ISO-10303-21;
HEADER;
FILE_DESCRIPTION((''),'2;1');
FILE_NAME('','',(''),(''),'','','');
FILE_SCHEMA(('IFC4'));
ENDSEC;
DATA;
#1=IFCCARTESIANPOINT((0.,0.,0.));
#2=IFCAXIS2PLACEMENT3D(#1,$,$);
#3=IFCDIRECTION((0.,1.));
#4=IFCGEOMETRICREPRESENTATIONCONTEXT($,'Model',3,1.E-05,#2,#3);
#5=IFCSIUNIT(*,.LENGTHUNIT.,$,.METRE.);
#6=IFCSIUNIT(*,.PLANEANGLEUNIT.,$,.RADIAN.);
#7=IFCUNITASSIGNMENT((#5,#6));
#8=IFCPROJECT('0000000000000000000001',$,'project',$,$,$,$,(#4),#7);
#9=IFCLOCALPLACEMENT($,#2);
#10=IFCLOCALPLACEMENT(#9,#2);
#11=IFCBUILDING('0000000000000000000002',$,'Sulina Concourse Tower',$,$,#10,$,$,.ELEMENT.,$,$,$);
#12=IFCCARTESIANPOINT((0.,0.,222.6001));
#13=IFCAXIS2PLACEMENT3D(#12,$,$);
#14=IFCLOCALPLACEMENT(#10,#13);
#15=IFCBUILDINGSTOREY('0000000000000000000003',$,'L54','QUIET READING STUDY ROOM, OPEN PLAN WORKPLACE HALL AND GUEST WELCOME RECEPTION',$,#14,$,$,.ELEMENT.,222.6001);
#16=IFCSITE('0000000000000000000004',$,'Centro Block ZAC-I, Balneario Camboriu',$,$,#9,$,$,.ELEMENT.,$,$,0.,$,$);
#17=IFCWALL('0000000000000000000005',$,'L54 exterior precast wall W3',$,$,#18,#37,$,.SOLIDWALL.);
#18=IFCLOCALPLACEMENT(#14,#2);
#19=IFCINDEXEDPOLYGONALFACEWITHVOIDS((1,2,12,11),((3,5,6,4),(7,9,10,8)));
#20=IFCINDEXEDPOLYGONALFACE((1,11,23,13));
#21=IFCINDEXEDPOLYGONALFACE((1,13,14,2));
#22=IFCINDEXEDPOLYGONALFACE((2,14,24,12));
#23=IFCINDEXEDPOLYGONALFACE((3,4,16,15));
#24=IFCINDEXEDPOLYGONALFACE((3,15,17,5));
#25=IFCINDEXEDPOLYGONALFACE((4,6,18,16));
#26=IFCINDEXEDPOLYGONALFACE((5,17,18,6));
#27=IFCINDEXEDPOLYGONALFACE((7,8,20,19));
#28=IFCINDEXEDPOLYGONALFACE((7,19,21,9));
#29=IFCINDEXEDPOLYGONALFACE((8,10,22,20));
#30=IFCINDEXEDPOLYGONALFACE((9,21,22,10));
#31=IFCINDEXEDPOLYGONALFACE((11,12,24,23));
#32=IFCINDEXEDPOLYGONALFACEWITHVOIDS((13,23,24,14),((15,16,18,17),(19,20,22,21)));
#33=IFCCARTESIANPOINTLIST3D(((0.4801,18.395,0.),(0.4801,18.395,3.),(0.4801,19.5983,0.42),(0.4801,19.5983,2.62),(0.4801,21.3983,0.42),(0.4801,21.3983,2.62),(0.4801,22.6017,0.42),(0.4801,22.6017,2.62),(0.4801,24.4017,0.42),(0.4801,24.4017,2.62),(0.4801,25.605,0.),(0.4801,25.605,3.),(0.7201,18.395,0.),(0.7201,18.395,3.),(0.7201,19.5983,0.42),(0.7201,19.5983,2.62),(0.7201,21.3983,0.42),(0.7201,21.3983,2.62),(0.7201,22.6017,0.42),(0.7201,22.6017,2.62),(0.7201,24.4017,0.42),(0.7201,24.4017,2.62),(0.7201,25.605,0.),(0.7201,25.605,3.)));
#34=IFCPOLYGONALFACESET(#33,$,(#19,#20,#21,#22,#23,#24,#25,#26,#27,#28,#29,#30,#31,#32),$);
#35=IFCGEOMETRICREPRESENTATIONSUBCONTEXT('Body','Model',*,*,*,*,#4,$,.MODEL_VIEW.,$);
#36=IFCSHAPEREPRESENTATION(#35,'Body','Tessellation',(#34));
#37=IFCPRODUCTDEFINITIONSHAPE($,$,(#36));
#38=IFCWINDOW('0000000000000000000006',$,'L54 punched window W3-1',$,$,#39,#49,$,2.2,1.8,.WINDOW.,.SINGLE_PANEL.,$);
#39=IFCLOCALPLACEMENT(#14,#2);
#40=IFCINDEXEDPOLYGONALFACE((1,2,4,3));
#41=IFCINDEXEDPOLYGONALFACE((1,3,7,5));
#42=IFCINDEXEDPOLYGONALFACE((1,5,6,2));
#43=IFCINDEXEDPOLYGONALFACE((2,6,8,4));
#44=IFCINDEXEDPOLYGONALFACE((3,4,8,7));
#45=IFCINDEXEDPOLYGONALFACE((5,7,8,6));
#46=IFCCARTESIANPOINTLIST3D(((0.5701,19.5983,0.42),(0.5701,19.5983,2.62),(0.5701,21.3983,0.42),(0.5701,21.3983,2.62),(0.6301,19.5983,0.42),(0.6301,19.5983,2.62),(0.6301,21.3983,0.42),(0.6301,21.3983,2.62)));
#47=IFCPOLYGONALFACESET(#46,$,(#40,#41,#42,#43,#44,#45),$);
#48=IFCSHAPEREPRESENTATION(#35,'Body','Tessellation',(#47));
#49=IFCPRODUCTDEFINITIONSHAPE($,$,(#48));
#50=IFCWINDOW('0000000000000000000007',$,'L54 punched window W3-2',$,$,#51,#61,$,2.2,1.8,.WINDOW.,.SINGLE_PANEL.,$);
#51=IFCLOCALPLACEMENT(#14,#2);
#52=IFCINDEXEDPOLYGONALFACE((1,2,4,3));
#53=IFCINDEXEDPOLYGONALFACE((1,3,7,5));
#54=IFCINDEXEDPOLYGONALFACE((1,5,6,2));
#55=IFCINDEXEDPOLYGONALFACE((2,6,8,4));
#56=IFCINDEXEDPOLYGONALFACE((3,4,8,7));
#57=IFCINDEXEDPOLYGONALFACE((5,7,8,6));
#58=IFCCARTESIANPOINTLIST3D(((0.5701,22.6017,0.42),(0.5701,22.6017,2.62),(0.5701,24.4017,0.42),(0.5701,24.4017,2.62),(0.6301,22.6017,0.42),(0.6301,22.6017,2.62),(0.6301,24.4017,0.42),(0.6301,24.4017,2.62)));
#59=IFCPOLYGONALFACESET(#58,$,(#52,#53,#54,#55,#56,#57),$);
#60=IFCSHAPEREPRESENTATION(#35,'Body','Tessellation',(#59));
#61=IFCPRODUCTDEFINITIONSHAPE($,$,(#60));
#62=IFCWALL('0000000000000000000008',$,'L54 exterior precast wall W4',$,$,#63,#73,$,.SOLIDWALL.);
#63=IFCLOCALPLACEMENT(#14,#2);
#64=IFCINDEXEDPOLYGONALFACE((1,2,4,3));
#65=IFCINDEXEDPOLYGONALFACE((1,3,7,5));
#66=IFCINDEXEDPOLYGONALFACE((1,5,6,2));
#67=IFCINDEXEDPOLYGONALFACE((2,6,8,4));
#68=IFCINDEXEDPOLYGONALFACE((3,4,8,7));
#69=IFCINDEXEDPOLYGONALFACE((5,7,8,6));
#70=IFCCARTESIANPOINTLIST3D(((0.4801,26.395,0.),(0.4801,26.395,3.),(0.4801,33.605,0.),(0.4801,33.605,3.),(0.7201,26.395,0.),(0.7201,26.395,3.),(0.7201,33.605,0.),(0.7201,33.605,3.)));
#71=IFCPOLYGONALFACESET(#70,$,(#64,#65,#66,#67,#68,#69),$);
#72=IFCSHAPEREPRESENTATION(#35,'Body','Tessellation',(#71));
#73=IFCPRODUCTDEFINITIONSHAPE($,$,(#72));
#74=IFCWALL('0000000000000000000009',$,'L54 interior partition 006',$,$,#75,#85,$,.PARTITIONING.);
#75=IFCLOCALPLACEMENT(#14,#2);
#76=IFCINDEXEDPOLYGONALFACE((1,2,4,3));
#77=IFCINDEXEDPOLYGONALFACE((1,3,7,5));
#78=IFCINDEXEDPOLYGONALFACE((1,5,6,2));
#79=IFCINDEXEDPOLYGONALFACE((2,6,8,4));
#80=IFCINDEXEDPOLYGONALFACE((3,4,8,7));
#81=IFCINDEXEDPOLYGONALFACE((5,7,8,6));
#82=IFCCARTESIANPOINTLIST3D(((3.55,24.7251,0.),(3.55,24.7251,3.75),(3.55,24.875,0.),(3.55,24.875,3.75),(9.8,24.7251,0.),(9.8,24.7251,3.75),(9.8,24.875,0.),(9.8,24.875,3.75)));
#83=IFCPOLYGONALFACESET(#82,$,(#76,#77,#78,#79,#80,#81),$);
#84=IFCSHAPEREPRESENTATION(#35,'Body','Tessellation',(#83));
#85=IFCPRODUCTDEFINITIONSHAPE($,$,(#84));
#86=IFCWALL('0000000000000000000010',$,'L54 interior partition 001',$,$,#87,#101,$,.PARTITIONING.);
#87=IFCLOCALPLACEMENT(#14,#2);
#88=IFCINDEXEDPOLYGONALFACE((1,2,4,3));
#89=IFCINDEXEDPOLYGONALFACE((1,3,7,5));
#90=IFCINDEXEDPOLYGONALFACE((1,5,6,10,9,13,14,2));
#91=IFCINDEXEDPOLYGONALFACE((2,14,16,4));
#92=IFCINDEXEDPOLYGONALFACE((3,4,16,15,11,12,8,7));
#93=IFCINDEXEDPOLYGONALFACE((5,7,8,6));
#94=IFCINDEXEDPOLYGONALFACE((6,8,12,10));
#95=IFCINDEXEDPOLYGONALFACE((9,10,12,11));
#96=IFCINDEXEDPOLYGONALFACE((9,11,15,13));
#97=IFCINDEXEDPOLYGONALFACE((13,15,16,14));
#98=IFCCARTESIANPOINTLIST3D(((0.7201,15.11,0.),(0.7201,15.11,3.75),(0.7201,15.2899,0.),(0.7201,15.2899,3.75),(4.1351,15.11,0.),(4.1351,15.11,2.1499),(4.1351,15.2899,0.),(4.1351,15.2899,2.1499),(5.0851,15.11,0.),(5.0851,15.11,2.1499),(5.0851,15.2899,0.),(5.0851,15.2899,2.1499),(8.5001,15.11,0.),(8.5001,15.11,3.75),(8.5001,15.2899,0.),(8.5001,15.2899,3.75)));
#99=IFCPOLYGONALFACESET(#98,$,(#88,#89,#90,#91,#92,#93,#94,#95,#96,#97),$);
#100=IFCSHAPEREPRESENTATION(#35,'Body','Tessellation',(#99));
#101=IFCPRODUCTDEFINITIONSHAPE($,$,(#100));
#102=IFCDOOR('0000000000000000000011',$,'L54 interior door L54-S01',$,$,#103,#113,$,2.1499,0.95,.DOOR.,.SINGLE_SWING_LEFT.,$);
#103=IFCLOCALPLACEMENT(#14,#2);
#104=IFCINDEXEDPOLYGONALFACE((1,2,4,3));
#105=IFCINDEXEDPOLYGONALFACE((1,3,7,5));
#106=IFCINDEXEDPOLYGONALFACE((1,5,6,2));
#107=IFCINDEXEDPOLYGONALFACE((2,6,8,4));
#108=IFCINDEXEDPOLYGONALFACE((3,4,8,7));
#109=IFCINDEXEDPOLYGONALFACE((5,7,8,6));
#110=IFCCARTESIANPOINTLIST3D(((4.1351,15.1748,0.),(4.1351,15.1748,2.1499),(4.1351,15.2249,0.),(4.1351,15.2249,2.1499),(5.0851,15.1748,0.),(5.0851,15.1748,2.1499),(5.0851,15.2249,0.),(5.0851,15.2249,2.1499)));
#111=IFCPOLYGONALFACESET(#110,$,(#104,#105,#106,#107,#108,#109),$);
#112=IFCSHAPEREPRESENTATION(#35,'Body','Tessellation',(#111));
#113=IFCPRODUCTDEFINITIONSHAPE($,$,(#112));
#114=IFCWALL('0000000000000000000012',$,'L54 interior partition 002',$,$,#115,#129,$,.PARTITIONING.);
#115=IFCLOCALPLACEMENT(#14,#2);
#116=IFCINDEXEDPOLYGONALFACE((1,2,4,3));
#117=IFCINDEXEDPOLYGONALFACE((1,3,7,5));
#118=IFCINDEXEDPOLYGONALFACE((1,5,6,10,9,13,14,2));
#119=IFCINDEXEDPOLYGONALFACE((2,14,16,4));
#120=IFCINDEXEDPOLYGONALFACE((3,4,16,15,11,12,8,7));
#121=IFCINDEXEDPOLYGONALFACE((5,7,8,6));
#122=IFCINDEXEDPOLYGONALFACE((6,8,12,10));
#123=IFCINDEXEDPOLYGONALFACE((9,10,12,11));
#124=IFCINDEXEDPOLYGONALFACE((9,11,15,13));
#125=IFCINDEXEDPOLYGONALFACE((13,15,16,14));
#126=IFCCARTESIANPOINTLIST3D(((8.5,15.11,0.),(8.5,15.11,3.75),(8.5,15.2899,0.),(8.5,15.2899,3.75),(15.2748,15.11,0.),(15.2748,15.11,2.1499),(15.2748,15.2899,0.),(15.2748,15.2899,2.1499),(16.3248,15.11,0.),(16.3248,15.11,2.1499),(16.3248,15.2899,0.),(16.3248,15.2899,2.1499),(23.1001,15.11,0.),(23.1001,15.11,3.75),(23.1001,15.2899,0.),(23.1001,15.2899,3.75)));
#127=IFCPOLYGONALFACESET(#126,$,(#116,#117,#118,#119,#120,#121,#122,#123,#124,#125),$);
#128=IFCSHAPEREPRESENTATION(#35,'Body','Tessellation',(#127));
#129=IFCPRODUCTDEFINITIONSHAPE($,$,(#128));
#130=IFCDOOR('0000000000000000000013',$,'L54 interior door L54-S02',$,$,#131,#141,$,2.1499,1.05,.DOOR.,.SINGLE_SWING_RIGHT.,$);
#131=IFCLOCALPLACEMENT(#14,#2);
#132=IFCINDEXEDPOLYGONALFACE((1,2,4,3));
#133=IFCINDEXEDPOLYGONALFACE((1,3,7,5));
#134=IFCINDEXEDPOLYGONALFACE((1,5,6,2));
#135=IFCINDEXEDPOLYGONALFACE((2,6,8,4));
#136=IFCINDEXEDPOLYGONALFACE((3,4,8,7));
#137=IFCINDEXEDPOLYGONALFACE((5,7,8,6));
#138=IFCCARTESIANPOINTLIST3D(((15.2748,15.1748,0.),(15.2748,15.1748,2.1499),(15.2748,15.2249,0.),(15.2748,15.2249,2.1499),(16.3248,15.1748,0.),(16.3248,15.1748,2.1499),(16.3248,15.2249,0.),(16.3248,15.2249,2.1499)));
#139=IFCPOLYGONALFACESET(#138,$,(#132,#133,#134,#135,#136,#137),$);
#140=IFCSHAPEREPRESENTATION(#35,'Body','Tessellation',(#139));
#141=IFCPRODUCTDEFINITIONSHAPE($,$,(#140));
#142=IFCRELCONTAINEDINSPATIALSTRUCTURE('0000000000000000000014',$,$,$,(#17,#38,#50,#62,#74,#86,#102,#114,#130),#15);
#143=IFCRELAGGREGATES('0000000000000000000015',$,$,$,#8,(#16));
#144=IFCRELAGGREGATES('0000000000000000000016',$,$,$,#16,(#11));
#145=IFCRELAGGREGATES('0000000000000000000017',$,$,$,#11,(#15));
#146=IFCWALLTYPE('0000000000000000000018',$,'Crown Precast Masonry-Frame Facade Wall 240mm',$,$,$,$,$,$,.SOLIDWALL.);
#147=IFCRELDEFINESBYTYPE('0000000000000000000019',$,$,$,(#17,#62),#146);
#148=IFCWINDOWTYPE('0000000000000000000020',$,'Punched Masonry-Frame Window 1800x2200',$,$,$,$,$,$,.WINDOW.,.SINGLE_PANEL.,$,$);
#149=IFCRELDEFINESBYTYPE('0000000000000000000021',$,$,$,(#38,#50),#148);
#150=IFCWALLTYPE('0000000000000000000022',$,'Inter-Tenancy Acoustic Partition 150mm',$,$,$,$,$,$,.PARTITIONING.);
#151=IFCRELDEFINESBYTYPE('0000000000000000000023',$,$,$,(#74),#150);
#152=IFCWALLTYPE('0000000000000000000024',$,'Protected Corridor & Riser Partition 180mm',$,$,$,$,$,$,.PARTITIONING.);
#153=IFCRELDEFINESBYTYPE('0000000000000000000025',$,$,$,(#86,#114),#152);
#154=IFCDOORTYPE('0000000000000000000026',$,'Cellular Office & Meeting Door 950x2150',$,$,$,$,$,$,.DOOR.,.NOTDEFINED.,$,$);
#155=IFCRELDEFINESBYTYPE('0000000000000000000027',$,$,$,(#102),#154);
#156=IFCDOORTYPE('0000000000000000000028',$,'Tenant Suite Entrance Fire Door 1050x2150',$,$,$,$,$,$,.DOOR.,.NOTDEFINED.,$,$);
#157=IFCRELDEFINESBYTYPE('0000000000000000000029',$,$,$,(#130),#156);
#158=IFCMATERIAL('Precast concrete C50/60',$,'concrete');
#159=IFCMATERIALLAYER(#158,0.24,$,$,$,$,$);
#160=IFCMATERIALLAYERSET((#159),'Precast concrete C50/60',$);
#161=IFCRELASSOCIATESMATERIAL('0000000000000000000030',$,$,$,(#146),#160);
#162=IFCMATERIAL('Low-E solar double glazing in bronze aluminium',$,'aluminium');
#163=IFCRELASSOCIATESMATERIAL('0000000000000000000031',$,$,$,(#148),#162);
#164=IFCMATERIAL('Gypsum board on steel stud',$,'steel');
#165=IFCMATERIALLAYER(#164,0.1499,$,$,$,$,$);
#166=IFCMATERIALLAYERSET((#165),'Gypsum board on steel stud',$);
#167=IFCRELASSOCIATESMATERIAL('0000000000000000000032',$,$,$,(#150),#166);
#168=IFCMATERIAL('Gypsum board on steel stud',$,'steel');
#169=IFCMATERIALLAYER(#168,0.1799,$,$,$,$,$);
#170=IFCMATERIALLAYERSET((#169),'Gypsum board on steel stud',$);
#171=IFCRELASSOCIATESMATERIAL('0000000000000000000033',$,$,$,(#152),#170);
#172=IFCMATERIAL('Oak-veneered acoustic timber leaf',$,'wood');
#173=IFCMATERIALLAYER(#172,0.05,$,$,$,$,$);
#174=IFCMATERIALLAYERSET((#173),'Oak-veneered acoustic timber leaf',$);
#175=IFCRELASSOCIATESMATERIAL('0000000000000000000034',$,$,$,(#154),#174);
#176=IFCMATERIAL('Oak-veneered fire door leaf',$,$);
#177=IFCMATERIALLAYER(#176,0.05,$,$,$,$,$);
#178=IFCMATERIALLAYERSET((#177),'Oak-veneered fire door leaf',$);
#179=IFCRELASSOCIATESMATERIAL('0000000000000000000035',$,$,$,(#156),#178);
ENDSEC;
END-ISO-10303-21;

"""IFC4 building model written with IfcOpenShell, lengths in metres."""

from ifc_helpers import new_model, si_unit, direction, frame, frame_2d, origin, place, context, subcontext, project, spatial, rectangle, extrude, material, layer, layer_set, type_object, element, fill, save


model = new_model("IFC4")

# Units and contexts
model_context = context("Model", 3, precision=1e-05, world=origin(), true_north=direction((0.0, 1.0)))
body_context = subcontext(model_context, "Body", "Model", "MODEL_VIEW")
ifc_project = project(units=[si_unit("LENGTHUNIT", "METRE"), si_unit("PLANEANGLEUNIT", "RADIAN")], contexts=[model_context])

# Site, building, storey
site_placement = place(None, origin())
site = spatial("IfcSite", under=ifc_project, at=site_placement, Name="Centro Block ZAC-I, Balneario Camboriu", CompositionType="ELEMENT", RefElevation=0.0)
building_placement = place(site_placement, origin())
building = spatial("IfcBuilding", under=site, at=building_placement, Name="Sulina Concourse Tower", CompositionType="ELEMENT")
storey_placement = place(building_placement, frame((0.0, 0.0, 222.6001)))
storey = spatial("IfcBuildingStorey", under=building, at=storey_placement, Name="L54", Description="QUIET READING STUDY ROOM, OPEN PLAN WORKPLACE HALL AND GUEST WELCOME RECEPTION", CompositionType="ELEMENT", Elevation=222.6001)

# Wall, openings, windows
ifc_material_1 = material(Name="Precast concrete C50/60", Category="concrete")
ifc_layer_1 = layer(ifc_material_1, 0.24)
ifc_layer_set_1 = layer_set([ifc_layer_1], Name="Precast concrete C50/60")
wall_type_1 = type_object("IfcWallType", Name="Crown Precast Masonry-Frame Facade Wall 240mm", PredefinedType="SOLIDWALL", material=ifc_layer_set_1)
wall_1_placement = place(storey_placement, frame((0.6001, 18.395, 0.0), z_axis=(0.0, 0.0, 1.0), x_axis=(0.0, 1.0, 0.0)))
wall_1 = element("IfcWall", 1, at=wall_1_placement, inside=storey, type_object=wall_type_1, Name="L54 exterior precast wall W3", PredefinedType="SOLIDWALL", context=body_context, shape_type="SweptSolid", body=[
    extrude(rectangle(XDim=7.21, YDim=0.24, at=frame_2d((3.605, 0.0))), origin(), (0.0, 0.0, 1.0), 3.0),
])
opening_1_placement = place(wall_1_placement, frame((1.2034, 0.0, 0.4199)))
opening_1 = element("IfcOpeningElement", 2, at=opening_1_placement, cuts=wall_1, PredefinedType="OPENING", context=body_context, shape_type="SweptSolid", body=[
    extrude(rectangle(XDim=1.8, YDim=2.2, at=frame_2d((0.8999, 1.1001))), frame((0.0, 0.1299, 0.0), z_axis=(0.0, -1.0, 0.0), x_axis=(1.0, 0.0, 0.0)), (0.0, 0.0, 1.0), 0.26),
])
opening_2_placement = place(wall_1_placement, frame((4.2068, 0.0, 0.4199)))
opening_2 = element("IfcOpeningElement", 3, at=opening_2_placement, cuts=wall_1, PredefinedType="OPENING", context=body_context, shape_type="SweptSolid", body=[
    extrude(rectangle(XDim=1.8, YDim=2.2, at=frame_2d((0.8999, 1.1001))), frame((0.0, 0.1299, 0.0), z_axis=(0.0, -1.0, 0.0), x_axis=(1.0, 0.0, 0.0)), (0.0, 0.0, 1.0), 0.26),
])
ifc_material_2 = material(Name="Low-E solar double glazing in bronze aluminium", Category="aluminium")
window_type = type_object("IfcWindowType", Name="Punched Masonry-Frame Window 1800x2200", PartitioningType="SINGLE_PANEL", PredefinedType="WINDOW", material=ifc_material_2)
window_1_placement = place(opening_1_placement, origin())
window_1 = element("IfcWindow", 4, at=window_1_placement, inside=storey, type_object=window_type, Name="L54 punched window W3-1", OverallHeight=2.2, OverallWidth=1.8, PartitioningType="SINGLE_PANEL", PredefinedType="WINDOW", context=body_context, shape_type="SweptSolid", body=[
    extrude(rectangle(XDim=1.8, YDim=2.2, at=frame_2d((0.8999, 1.1001))), frame((0.0, 0.03, 0.0), z_axis=(0.0, -1.0, 0.0), x_axis=(1.0, 0.0, 0.0)), (0.0, 0.0, 1.0), 0.0601),
])
fill(opening_1, window_1)
window_2_placement = place(opening_2_placement, origin())
window_2 = element("IfcWindow", 5, at=window_2_placement, inside=storey, type_object=window_type, Name="L54 punched window W3-2", OverallHeight=2.2, OverallWidth=1.8, PartitioningType="SINGLE_PANEL", PredefinedType="WINDOW", context=body_context, shape_type="SweptSolid", body=[
    extrude(rectangle(XDim=1.8, YDim=2.2, at=frame_2d((0.8999, 1.1001))), frame((0.0, 0.03, 0.0), z_axis=(0.0, -1.0, 0.0), x_axis=(1.0, 0.0, 0.0)), (0.0, 0.0, 1.0), 0.0601),
])
fill(opening_2, window_2)

# Walls
wall_2_placement = place(storey_placement, frame((0.6001, 26.395, 0.0), z_axis=(0.0, 0.0, 1.0), x_axis=(0.0, 1.0, 0.0)))
element("IfcWall", 6, at=wall_2_placement, inside=storey, type_object=wall_type_1, Name="L54 exterior precast wall W4", PredefinedType="SOLIDWALL", context=body_context, shape_type="SweptSolid", body=[
    extrude(rectangle(XDim=7.21, YDim=0.24, at=frame_2d((3.605, 0.0))), origin(), (0.0, 0.0, 1.0), 3.0),
])
ifc_material_3 = material(Name="Gypsum board on steel stud", Category="steel")
ifc_layer_2 = layer(ifc_material_3, 0.1499)
ifc_layer_set_2 = layer_set([ifc_layer_2], Name="Gypsum board on steel stud")
wall_type_2 = type_object("IfcWallType", Name="Inter-Tenancy Acoustic Partition 150mm", PredefinedType="PARTITIONING", material=ifc_layer_set_2)
wall_3_placement = place(storey_placement, frame((3.55, 24.8, 0.0), z_axis=(0.0, 0.0, 1.0), x_axis=(1.0, 0.0, 0.0)))
element("IfcWall", 7, at=wall_3_placement, inside=storey, type_object=wall_type_2, Name="L54 interior partition 006", PredefinedType="PARTITIONING", context=body_context, shape_type="SweptSolid", body=[
    extrude(rectangle(XDim=6.25, YDim=0.1499, at=frame_2d((3.125, 0.0))), origin(), (0.0, 0.0, 1.0), 3.75),
])

# Walls, openings, doors
ifc_material_4 = material(Name="Gypsum board on steel stud", Category="steel")
ifc_layer_3 = layer(ifc_material_4, 0.1799)
ifc_layer_set_3 = layer_set([ifc_layer_3], Name="Gypsum board on steel stud")
wall_type_3 = type_object("IfcWallType", Name="Protected Corridor & Riser Partition 180mm", PredefinedType="PARTITIONING", material=ifc_layer_set_3)
wall_4_placement = place(storey_placement, frame((0.72, 15.2, 0.0), z_axis=(0.0, 0.0, 1.0), x_axis=(1.0, 0.0, 0.0)))
wall_4 = element("IfcWall", 8, at=wall_4_placement, inside=storey, type_object=wall_type_3, Name="L54 interior partition 001", PredefinedType="PARTITIONING", context=body_context, shape_type="SweptSolid", body=[
    extrude(rectangle(XDim=7.78, YDim=0.1799, at=frame_2d((3.8901, 0.0))), origin(), (0.0, 0.0, 1.0), 3.75),
])
opening_3_placement = place(wall_4_placement, frame((3.415, 0.0, 0.0)))
opening_3 = element("IfcOpeningElement", 9, at=opening_3_placement, cuts=wall_4, PredefinedType="OPENING", context=body_context, shape_type="SweptSolid", body=[
    extrude(rectangle(XDim=0.95, YDim=2.1499, at=frame_2d((0.4751, 1.075))), frame((0.0, 0.0999, 0.0), z_axis=(0.0, -1.0, 0.0), x_axis=(1.0, 0.0, 0.0)), (0.0, 0.0, 1.0), 0.2),
])
ifc_material_5 = material(Name="Oak-veneered acoustic timber leaf", Category="wood")
ifc_layer_4 = layer(ifc_material_5, 0.05)
ifc_layer_set_4 = layer_set([ifc_layer_4], Name="Oak-veneered acoustic timber leaf")
door_type_1 = type_object("IfcDoorType", Name="Cellular Office & Meeting Door 950x2150", OperationType="NOTDEFINED", PredefinedType="DOOR", material=ifc_layer_set_4)
door_1_placement = place(opening_3_placement, origin())
door_1 = element("IfcDoor", 10, at=door_1_placement, inside=storey, type_object=door_type_1, Name="L54 interior door L54-S01", OperationType="SINGLE_SWING_LEFT", OverallHeight=2.1499, OverallWidth=0.95, PredefinedType="DOOR", context=body_context, shape_type="SweptSolid", body=[
    extrude(rectangle(XDim=0.95, YDim=2.1499, at=frame_2d((0.4751, 1.075))), frame((0.0, 0.0249, 0.0), z_axis=(0.0, -1.0, 0.0), x_axis=(1.0, 0.0, 0.0)), (0.0, 0.0, 1.0), 0.05),
])
fill(opening_3, door_1)
wall_5_placement = place(storey_placement, frame((8.5, 15.2, 0.0), z_axis=(0.0, 0.0, 1.0), x_axis=(1.0, 0.0, 0.0)))
wall_5 = element("IfcWall", 11, at=wall_5_placement, inside=storey, type_object=wall_type_3, Name="L54 interior partition 002", PredefinedType="PARTITIONING", context=body_context, shape_type="SweptSolid", body=[
    extrude(rectangle(XDim=14.6001, YDim=0.1799, at=frame_2d((7.3, 0.0))), origin(), (0.0, 0.0, 1.0), 3.75),
])
opening_4_placement = place(wall_5_placement, frame((6.7749, 0.0, 0.0)))
opening_4 = element("IfcOpeningElement", 12, at=opening_4_placement, cuts=wall_5, PredefinedType="OPENING", context=body_context, shape_type="SweptSolid", body=[
    extrude(rectangle(XDim=1.05, YDim=2.1499, at=frame_2d((0.5249, 1.075))), frame((0.0, 0.0999, 0.0), z_axis=(0.0, -1.0, 0.0), x_axis=(1.0, 0.0, 0.0)), (0.0, 0.0, 1.0), 0.2),
])
ifc_material_6 = material(Name="Oak-veneered fire door leaf")
ifc_layer_5 = layer(ifc_material_6, 0.05)
ifc_layer_set_5 = layer_set([ifc_layer_5], Name="Oak-veneered fire door leaf")
door_type_2 = type_object("IfcDoorType", Name="Tenant Suite Entrance Fire Door 1050x2150", OperationType="NOTDEFINED", PredefinedType="DOOR", material=ifc_layer_set_5)
door_2_placement = place(opening_4_placement, origin())
door_2 = element("IfcDoor", 13, at=door_2_placement, inside=storey, type_object=door_type_2, Name="L54 interior door L54-S02", OperationType="SINGLE_SWING_RIGHT", OverallHeight=2.1499, OverallWidth=1.05, PredefinedType="DOOR", context=body_context, shape_type="SweptSolid", body=[
    extrude(rectangle(XDim=1.05, YDim=2.1499, at=frame_2d((0.5249, 1.075))), frame((0.0, 0.0249, 0.0), z_axis=(0.0, -1.0, 0.0), x_axis=(1.0, 0.0, 0.0)), (0.0, 0.0, 1.0), 0.05),
])
fill(opening_4, door_2)

save(model, "model.ifc")
